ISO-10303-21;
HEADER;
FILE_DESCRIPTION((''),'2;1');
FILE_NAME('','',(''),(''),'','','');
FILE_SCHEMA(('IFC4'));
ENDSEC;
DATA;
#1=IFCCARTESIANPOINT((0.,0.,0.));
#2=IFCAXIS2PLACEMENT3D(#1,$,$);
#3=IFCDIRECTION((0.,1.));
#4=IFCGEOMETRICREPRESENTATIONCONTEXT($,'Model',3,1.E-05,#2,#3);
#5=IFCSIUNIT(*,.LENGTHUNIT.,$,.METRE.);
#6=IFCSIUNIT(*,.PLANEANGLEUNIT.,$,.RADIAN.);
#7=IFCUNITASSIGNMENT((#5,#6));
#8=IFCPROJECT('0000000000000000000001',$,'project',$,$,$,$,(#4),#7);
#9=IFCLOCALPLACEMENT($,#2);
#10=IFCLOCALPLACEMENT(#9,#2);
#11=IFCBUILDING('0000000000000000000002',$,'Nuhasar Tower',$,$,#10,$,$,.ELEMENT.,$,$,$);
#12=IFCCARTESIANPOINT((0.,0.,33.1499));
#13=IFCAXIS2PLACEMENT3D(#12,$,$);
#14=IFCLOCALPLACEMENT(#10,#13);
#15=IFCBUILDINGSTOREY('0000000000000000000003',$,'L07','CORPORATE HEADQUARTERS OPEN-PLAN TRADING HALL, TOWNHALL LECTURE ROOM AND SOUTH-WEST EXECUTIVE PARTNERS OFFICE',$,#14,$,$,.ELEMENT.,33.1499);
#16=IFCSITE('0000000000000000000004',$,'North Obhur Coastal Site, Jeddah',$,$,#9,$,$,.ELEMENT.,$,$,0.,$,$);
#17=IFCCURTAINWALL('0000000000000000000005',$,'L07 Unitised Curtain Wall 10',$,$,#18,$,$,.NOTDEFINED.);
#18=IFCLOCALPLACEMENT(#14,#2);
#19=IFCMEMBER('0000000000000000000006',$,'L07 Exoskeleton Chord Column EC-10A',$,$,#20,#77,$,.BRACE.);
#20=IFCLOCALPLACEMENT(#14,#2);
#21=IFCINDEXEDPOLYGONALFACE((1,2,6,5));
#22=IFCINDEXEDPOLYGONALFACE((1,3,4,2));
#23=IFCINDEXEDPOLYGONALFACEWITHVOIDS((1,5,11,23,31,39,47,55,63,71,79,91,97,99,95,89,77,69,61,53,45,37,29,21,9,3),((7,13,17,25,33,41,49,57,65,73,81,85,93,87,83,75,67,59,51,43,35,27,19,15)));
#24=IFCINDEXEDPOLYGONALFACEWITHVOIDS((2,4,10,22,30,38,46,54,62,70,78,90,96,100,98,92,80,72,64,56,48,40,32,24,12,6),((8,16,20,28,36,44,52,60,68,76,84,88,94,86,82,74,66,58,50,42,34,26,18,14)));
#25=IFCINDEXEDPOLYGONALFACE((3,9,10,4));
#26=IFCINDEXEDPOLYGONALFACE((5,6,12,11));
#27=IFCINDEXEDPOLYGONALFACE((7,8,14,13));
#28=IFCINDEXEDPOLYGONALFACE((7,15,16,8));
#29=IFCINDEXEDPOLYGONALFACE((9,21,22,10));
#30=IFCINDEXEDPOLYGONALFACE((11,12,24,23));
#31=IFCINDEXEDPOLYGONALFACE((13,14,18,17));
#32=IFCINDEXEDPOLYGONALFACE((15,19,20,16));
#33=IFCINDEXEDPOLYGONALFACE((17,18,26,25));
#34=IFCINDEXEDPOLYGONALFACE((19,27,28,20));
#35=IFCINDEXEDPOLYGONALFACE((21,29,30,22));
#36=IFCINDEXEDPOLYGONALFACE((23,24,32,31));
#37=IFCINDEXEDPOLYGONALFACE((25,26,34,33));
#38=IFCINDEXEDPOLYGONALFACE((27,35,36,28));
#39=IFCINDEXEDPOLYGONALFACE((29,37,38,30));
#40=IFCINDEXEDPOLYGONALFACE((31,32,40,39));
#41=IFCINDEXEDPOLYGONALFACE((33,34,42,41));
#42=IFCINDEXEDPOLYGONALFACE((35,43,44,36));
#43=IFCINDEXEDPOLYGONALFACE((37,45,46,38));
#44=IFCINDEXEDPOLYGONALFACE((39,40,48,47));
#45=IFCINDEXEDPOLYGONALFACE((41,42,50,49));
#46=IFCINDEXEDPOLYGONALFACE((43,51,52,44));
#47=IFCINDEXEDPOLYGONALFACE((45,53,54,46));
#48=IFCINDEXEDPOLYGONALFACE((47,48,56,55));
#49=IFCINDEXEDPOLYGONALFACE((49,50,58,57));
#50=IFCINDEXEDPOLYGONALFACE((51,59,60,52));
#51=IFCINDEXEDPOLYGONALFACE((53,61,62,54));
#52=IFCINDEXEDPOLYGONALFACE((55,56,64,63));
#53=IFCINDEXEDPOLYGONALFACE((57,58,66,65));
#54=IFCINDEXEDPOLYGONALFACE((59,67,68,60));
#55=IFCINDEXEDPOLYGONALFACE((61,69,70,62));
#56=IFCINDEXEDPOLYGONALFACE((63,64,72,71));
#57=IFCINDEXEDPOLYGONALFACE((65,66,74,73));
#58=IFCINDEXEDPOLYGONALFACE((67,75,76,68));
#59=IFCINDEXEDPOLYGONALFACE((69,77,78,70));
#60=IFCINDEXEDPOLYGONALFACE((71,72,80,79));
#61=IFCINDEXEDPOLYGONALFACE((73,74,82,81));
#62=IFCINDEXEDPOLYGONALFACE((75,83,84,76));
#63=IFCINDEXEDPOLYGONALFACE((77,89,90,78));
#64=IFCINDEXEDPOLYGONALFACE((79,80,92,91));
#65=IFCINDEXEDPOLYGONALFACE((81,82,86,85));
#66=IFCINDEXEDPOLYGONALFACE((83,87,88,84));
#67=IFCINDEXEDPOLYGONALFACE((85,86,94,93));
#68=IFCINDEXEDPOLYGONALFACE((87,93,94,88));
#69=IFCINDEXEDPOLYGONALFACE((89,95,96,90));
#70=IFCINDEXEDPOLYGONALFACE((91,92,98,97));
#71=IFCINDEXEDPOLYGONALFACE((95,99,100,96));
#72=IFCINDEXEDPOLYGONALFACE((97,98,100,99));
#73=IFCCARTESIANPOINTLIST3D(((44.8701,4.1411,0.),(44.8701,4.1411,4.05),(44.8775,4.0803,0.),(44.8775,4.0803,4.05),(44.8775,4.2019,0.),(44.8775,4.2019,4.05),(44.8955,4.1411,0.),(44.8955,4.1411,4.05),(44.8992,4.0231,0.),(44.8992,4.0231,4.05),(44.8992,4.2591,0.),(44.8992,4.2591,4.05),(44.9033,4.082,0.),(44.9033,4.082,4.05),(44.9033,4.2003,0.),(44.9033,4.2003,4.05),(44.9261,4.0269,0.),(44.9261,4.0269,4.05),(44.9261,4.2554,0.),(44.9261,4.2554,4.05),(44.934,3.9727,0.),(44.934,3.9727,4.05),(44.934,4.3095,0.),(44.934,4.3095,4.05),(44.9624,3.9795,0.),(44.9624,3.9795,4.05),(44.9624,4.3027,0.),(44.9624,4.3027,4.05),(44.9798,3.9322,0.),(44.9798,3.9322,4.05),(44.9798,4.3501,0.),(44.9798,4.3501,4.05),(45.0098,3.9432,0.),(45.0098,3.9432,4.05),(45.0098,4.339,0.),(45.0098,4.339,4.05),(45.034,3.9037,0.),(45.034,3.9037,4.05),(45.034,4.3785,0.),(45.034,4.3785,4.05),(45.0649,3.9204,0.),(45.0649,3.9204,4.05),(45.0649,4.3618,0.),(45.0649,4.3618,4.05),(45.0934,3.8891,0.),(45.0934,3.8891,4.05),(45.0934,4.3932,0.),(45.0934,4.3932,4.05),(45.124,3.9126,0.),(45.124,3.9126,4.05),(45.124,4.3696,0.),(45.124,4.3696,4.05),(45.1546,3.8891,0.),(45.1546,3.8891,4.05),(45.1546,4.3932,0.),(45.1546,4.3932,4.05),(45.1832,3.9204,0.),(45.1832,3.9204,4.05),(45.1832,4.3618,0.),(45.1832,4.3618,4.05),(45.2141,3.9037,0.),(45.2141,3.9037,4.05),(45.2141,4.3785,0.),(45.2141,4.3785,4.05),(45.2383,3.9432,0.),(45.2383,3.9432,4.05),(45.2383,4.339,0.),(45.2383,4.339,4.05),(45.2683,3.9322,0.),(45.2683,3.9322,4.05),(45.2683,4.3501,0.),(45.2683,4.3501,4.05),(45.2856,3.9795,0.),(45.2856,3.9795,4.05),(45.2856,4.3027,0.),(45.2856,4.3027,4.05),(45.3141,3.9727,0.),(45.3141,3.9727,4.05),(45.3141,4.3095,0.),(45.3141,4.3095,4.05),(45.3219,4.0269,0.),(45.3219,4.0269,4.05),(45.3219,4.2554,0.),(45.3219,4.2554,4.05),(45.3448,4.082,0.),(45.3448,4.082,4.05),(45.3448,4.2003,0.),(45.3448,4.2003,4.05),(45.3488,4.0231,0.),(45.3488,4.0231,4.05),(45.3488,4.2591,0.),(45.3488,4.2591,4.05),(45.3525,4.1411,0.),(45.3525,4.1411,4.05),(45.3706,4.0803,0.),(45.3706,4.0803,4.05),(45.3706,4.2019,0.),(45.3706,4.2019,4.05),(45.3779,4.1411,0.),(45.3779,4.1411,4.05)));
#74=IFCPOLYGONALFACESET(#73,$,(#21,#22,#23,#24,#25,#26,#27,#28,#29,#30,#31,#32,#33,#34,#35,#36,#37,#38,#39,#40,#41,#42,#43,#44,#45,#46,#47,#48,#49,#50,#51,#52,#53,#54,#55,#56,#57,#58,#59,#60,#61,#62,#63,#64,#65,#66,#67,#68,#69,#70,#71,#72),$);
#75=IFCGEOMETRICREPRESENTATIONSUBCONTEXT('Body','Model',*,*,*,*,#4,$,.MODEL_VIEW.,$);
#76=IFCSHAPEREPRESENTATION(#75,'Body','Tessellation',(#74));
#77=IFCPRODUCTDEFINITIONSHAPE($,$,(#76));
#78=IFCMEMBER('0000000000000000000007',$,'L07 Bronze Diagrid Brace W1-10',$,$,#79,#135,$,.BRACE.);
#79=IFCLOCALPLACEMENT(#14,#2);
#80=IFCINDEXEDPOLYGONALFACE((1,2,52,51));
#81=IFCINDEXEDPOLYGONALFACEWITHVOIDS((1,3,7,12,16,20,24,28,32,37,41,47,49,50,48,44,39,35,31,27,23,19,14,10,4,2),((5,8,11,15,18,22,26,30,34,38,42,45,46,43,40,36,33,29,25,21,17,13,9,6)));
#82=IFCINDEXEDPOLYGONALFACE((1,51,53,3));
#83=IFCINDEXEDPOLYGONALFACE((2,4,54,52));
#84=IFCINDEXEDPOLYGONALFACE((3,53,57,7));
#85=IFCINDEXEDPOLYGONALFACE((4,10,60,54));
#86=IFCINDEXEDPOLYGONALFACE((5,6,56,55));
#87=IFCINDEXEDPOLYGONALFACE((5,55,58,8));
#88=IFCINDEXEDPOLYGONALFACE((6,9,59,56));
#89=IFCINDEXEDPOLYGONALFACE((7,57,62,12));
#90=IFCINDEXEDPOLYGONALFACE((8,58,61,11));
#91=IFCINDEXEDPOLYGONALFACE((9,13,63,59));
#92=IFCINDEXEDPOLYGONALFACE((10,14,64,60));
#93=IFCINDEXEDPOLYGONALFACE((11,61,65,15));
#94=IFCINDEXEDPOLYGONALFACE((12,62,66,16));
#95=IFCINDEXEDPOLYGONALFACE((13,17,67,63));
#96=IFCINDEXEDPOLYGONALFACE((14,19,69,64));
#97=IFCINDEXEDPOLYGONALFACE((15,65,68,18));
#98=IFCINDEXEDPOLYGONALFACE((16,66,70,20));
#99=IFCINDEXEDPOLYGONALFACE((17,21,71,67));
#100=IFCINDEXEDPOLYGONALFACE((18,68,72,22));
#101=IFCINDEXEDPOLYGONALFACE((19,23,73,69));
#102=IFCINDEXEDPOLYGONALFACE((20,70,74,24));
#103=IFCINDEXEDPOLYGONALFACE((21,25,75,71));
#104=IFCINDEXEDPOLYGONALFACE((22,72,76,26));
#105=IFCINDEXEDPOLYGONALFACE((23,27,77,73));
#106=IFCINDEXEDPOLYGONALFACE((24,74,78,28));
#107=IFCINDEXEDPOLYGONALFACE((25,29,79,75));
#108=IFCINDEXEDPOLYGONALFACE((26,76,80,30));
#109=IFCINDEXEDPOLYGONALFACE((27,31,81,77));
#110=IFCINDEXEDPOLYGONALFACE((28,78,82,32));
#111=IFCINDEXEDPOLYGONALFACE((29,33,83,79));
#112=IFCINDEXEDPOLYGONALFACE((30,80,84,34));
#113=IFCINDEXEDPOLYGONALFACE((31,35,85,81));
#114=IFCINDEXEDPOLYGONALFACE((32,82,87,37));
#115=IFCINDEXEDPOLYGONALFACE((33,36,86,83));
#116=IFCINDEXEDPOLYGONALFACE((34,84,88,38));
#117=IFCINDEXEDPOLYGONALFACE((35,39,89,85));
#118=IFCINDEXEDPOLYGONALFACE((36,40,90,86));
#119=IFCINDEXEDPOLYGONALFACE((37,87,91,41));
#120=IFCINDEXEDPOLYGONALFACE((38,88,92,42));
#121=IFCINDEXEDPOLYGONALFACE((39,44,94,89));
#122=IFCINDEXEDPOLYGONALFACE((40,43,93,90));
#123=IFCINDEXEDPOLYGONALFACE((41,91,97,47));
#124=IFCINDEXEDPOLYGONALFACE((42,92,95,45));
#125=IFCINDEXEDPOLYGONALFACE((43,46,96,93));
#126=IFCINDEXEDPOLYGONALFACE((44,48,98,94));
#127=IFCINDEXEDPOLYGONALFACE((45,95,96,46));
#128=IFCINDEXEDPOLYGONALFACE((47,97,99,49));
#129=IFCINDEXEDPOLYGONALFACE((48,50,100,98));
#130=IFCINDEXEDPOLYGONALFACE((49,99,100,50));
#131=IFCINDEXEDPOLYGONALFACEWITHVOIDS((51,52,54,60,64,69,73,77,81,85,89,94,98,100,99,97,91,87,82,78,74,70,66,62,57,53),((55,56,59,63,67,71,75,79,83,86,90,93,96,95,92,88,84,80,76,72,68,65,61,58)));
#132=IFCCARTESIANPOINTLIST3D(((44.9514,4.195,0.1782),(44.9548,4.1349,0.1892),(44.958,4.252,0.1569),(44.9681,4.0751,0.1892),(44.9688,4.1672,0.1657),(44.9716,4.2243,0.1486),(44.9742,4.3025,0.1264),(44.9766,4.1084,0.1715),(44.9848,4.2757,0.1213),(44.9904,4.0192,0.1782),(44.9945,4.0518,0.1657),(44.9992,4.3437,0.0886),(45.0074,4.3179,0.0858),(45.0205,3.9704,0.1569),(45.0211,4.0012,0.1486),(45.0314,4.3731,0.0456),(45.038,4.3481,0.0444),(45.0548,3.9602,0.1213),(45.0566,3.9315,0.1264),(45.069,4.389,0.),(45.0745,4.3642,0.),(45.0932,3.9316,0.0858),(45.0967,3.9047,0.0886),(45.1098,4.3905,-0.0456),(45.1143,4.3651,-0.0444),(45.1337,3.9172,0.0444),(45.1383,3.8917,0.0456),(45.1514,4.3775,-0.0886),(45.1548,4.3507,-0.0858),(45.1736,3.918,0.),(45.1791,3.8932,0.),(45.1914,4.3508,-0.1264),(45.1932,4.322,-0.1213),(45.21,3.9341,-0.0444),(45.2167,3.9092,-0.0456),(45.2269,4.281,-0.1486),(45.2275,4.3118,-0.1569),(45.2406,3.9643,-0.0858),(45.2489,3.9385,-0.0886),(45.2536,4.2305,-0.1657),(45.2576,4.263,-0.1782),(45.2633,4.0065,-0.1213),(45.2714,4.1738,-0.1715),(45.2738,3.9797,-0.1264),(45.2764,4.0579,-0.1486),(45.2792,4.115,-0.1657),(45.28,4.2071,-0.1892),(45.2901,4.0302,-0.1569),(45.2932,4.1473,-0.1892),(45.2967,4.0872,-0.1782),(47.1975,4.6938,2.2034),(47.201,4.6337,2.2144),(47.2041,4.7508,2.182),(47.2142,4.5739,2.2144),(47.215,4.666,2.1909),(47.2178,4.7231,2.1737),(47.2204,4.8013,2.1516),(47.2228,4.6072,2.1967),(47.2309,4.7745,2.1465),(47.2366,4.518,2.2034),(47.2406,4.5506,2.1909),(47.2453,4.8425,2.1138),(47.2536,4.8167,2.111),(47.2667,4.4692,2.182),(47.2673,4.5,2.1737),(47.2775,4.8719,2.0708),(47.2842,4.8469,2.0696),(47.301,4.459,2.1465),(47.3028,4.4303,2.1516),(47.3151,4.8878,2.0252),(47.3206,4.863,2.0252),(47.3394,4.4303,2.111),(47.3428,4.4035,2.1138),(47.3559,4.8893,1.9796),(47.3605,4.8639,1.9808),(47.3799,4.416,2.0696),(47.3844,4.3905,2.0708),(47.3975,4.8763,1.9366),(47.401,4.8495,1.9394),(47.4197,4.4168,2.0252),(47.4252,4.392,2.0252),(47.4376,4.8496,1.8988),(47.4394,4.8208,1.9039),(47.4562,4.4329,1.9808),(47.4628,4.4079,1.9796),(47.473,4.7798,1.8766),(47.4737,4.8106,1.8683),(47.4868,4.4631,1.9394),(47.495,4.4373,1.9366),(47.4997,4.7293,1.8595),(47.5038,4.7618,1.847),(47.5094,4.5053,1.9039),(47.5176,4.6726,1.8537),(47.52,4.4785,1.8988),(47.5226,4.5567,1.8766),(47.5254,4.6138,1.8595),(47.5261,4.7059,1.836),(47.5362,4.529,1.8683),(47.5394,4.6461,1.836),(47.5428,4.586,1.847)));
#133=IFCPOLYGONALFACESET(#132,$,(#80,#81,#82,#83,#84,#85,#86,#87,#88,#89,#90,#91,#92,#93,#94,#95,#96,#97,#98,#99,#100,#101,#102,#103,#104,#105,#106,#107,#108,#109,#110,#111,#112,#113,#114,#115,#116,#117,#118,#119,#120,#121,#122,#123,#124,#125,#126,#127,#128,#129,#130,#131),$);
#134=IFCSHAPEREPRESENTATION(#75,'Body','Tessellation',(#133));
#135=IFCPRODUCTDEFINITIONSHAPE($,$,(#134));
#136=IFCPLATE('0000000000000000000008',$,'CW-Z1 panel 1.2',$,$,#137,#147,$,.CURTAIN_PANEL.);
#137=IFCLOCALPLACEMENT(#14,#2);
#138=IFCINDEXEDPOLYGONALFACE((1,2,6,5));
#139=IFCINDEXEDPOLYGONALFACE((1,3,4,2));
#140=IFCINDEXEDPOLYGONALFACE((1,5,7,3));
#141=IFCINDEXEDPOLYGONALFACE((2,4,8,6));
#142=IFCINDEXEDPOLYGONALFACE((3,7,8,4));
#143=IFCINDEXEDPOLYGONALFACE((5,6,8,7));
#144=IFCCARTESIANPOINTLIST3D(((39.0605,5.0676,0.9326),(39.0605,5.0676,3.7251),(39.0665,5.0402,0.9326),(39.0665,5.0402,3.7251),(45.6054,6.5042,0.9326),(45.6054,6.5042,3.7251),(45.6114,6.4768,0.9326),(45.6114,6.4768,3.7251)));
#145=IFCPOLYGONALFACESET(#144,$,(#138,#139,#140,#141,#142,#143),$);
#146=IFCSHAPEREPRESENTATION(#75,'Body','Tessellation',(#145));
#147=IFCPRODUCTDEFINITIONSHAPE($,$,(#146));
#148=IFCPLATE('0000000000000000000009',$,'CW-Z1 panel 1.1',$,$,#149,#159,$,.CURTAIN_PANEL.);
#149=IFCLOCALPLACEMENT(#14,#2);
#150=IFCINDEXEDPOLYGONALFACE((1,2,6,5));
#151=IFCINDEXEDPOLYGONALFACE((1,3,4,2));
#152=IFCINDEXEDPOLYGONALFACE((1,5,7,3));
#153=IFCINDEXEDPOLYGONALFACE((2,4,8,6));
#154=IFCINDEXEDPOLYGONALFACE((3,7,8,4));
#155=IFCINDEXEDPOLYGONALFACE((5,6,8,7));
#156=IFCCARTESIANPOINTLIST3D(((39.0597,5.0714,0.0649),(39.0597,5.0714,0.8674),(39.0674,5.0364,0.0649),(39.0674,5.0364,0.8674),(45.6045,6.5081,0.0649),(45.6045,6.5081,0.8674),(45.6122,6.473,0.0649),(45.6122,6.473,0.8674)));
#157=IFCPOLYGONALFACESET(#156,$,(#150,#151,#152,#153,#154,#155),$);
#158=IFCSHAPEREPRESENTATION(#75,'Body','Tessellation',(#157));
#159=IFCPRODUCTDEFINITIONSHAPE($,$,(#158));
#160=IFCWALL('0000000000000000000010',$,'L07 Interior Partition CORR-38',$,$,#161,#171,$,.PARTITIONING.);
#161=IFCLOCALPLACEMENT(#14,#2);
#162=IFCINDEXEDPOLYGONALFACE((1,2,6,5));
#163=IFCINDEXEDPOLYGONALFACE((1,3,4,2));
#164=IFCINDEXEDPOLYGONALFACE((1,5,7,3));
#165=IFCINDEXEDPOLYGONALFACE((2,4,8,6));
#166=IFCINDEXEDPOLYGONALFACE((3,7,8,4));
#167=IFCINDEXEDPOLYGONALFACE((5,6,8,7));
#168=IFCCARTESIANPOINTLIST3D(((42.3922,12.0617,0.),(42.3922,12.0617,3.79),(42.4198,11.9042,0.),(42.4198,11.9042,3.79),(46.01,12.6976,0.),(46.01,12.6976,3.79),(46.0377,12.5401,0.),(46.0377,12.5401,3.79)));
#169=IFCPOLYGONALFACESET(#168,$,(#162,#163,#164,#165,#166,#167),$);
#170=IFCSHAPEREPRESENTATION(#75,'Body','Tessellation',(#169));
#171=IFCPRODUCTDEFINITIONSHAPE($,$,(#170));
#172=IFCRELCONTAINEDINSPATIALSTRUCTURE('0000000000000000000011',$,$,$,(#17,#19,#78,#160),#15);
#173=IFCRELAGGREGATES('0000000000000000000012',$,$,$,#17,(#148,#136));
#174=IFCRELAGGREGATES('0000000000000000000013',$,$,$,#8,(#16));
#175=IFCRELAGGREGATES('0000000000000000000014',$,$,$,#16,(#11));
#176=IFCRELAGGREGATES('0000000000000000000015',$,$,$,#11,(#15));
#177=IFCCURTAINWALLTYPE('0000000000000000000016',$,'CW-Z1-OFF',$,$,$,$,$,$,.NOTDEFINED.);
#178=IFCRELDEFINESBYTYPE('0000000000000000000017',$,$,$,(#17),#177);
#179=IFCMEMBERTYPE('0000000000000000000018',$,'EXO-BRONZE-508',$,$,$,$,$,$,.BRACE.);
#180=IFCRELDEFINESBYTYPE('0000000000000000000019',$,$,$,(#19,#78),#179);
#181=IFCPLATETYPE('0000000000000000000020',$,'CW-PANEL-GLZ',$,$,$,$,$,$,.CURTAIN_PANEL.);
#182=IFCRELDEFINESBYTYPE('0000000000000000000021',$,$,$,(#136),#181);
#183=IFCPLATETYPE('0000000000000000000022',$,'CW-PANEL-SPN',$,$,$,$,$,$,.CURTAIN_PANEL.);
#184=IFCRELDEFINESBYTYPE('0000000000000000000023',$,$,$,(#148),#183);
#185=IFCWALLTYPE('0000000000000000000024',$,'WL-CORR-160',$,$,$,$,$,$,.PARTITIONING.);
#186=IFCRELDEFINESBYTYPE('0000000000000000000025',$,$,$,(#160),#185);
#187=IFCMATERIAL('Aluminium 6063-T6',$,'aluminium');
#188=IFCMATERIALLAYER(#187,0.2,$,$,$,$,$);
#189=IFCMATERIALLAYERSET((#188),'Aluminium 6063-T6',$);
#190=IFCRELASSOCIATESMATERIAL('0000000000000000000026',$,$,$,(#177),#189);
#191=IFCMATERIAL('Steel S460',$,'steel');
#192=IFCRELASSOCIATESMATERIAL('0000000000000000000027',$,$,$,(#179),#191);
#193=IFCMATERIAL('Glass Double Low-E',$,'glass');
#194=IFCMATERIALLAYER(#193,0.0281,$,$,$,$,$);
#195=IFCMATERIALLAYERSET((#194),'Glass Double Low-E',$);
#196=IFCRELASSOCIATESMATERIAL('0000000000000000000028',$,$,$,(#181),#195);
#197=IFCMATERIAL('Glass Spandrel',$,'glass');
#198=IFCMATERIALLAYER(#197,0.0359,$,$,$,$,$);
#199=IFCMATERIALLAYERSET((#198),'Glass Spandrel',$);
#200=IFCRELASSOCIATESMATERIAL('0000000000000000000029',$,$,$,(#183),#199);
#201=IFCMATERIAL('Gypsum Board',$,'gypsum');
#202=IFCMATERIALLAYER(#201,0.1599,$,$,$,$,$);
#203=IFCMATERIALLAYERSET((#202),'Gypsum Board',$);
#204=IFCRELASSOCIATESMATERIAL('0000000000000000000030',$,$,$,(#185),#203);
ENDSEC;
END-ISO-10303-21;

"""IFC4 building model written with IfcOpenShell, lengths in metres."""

from ifc_helpers import new_model, si_unit, direction, frame, frame_2d, origin, origin_2d, place, context, subcontext, project, spatial, rectangle, hollow_circle, extrude, material, layer, layer_set, material_profile, profile_set, type_object, element, aggregate, save


model = new_model("IFC4")

# Units and contexts
model_context = context("Model", 3, precision=1e-05, world=origin(), true_north=direction((0.0, 1.0)))
body_context = subcontext(model_context, "Body", "Model", "MODEL_VIEW")
ifc_project = project(units=[si_unit("LENGTHUNIT", "METRE"), si_unit("PLANEANGLEUNIT", "RADIAN")], contexts=[model_context])

# Site, building, storey
site_placement = place(None, origin())
site = spatial("IfcSite", under=ifc_project, at=site_placement, Name="North Obhur Coastal Site, Jeddah", CompositionType="ELEMENT", RefElevation=0.0)
building_placement = place(site_placement, origin())
building = spatial("IfcBuilding", under=site, at=building_placement, Name="Nuhasar Tower", CompositionType="ELEMENT")
storey_placement = place(building_placement, frame((0.0, 0.0, 33.1499)))
storey = spatial("IfcBuildingStorey", under=building, at=storey_placement, Name="L07", Description="CORPORATE HEADQUARTERS OPEN-PLAN TRADING HALL, TOWNHALL LECTURE ROOM AND SOUTH-WEST EXECUTIVE PARTNERS OFFICE", CompositionType="ELEMENT", Elevation=33.1499)

# Shared definitions
ifc_material_1 = material(Name="Aluminium 6063-T6", Category="aluminium")
ifc_layer_1 = layer(ifc_material_1, 0.2)
ifc_layer_set_1 = layer_set([ifc_layer_1], Name="Aluminium 6063-T6")
curtain_wall_type = type_object("IfcCurtainWallType", Name="CW-Z1-OFF", PredefinedType="NOTDEFINED", material=ifc_layer_set_1)

# Curtain wall
curtain_wall_1_placement = place(storey_placement, origin())
curtain_wall_1 = element("IfcCurtainWall", 1, at=curtain_wall_1_placement, inside=storey, type_object=curtain_wall_type, Name="L07 Unitised Curtain Wall 10", PredefinedType="NOTDEFINED")

# Members
ifc_material_2 = material(Name="Steel S460", Category="steel")
ifc_material_profile_1 = material_profile(ifc_material_2, hollow_circle(Radius=0.2539, WallThickness=0.0254, at=origin_2d()), Name="HSS508X25.4")
ifc_profile_set_1 = profile_set([ifc_material_profile_1], Name="Steel S460")
member_type_1 = type_object("IfcMemberType", Name="EXO-BRONZE-508", PredefinedType="BRACE", material=ifc_profile_set_1)
member_1_placement = place(storey_placement, frame((45.124, 4.1411, 0.0), z_axis=(0.0, 0.0, 1.0), x_axis=(1.0, 0.0, 0.0)))
element("IfcMember", 2, at=member_1_placement, inside=storey, type_object=member_type_1, Name="L07 Exoskeleton Chord Column EC-10A", PredefinedType="BRACE", context=body_context, shape_type="SweptSolid", body=[
    extrude(hollow_circle(Radius=0.2539, WallThickness=0.0254, at=origin_2d()), origin(), (0.0, 0.0, 1.0), 4.05),
])
member_2_placement = place(storey_placement, frame((45.124, 4.1411, 0.0), z_axis=(0.732792, 0.162728, 0.660708), x_axis=(-0.216784, 0.97622, 0.0)))
element("IfcMember", 3, at=member_2_placement, inside=storey, type_object=member_type_1, Name="L07 Bronze Diagrid Brace W1-10", PredefinedType="BRACE", context=body_context, shape_type="SweptSolid", body=[
    extrude(hollow_circle(Radius=0.2539, WallThickness=0.0254, at=origin_2d()), origin(), (0.0, 0.0, 1.0), 3.0652),
])

# Plates
ifc_material_3 = material(Name="Glass Double Low-E", Category="glass")
ifc_layer_2 = layer(ifc_material_3, 0.0281)
ifc_layer_set_2 = layer_set([ifc_layer_2], Name="Glass Double Low-E")
plate_type_1 = type_object("IfcPlateType", Name="CW-PANEL-GLZ", PredefinedType="CURTAIN_PANEL", material=ifc_layer_set_2)
plate_1_placement = place(storey_placement, frame((42.3359, 5.7722, 0.9326), z_axis=(0.0, 0.0, 1.0), x_axis=(0.976746, 0.214399, 0.0)))
plate_1 = element("IfcPlate", 4, at=plate_1_placement, type_object=plate_type_1, Name="CW-Z1 panel 1.2", PredefinedType="CURTAIN_PANEL", context=body_context, shape_type="SweptSolid", body=[
    extrude(rectangle(XDim=6.7007, YDim=0.0281, at=origin_2d()), origin(), (0.0, 0.0, 1.0), 2.7925),
])
ifc_material_4 = material(Name="Glass Spandrel", Category="glass")
ifc_layer_3 = layer(ifc_material_4, 0.0359)
ifc_layer_set_3 = layer_set([ifc_layer_3], Name="Glass Spandrel")
plate_type_2 = type_object("IfcPlateType", Name="CW-PANEL-SPN", PredefinedType="CURTAIN_PANEL", material=ifc_layer_set_3)
plate_2_placement = place(storey_placement, frame((42.3359, 5.7722, 0.0649), z_axis=(0.0, 0.0, 1.0), x_axis=(0.976746, 0.214399, 0.0)))
plate_2 = element("IfcPlate", 5, at=plate_2_placement, type_object=plate_type_2, Name="CW-Z1 panel 1.1", PredefinedType="CURTAIN_PANEL", context=body_context, shape_type="SweptSolid", body=[
    extrude(rectangle(XDim=6.7007, YDim=0.0359, at=origin_2d()), origin(), (0.0, 0.0, 1.0), 0.8025),
])
aggregate(curtain_wall_1, [plate_2, plate_1])

# Wall
ifc_material_5 = material(Name="Gypsum Board", Category="gypsum")
ifc_layer_4 = layer(ifc_material_5, 0.1599)
ifc_layer_set_4 = layer_set([ifc_layer_4], Name="Gypsum Board")
wall_type_1 = type_object("IfcWallType", Name="WL-CORR-160", PredefinedType="PARTITIONING", material=ifc_layer_set_4)
wall_1_placement = place(storey_placement, frame((42.406, 11.9829, 0.0), z_axis=(0.0, 0.0, 1.0), x_axis=(0.984898, 0.173133, 0.0)))
element("IfcWall", 6, at=wall_1_placement, inside=storey, type_object=wall_type_1, Name="L07 Interior Partition CORR-38", PredefinedType="PARTITIONING", context=body_context, shape_type="SweptSolid", body=[
    extrude(rectangle(XDim=3.6733, YDim=0.1599, at=frame_2d((1.8367, 0.0))), origin(), (0.0, 0.0, 1.0), 3.79),
])

save(model, "model.ifc")
